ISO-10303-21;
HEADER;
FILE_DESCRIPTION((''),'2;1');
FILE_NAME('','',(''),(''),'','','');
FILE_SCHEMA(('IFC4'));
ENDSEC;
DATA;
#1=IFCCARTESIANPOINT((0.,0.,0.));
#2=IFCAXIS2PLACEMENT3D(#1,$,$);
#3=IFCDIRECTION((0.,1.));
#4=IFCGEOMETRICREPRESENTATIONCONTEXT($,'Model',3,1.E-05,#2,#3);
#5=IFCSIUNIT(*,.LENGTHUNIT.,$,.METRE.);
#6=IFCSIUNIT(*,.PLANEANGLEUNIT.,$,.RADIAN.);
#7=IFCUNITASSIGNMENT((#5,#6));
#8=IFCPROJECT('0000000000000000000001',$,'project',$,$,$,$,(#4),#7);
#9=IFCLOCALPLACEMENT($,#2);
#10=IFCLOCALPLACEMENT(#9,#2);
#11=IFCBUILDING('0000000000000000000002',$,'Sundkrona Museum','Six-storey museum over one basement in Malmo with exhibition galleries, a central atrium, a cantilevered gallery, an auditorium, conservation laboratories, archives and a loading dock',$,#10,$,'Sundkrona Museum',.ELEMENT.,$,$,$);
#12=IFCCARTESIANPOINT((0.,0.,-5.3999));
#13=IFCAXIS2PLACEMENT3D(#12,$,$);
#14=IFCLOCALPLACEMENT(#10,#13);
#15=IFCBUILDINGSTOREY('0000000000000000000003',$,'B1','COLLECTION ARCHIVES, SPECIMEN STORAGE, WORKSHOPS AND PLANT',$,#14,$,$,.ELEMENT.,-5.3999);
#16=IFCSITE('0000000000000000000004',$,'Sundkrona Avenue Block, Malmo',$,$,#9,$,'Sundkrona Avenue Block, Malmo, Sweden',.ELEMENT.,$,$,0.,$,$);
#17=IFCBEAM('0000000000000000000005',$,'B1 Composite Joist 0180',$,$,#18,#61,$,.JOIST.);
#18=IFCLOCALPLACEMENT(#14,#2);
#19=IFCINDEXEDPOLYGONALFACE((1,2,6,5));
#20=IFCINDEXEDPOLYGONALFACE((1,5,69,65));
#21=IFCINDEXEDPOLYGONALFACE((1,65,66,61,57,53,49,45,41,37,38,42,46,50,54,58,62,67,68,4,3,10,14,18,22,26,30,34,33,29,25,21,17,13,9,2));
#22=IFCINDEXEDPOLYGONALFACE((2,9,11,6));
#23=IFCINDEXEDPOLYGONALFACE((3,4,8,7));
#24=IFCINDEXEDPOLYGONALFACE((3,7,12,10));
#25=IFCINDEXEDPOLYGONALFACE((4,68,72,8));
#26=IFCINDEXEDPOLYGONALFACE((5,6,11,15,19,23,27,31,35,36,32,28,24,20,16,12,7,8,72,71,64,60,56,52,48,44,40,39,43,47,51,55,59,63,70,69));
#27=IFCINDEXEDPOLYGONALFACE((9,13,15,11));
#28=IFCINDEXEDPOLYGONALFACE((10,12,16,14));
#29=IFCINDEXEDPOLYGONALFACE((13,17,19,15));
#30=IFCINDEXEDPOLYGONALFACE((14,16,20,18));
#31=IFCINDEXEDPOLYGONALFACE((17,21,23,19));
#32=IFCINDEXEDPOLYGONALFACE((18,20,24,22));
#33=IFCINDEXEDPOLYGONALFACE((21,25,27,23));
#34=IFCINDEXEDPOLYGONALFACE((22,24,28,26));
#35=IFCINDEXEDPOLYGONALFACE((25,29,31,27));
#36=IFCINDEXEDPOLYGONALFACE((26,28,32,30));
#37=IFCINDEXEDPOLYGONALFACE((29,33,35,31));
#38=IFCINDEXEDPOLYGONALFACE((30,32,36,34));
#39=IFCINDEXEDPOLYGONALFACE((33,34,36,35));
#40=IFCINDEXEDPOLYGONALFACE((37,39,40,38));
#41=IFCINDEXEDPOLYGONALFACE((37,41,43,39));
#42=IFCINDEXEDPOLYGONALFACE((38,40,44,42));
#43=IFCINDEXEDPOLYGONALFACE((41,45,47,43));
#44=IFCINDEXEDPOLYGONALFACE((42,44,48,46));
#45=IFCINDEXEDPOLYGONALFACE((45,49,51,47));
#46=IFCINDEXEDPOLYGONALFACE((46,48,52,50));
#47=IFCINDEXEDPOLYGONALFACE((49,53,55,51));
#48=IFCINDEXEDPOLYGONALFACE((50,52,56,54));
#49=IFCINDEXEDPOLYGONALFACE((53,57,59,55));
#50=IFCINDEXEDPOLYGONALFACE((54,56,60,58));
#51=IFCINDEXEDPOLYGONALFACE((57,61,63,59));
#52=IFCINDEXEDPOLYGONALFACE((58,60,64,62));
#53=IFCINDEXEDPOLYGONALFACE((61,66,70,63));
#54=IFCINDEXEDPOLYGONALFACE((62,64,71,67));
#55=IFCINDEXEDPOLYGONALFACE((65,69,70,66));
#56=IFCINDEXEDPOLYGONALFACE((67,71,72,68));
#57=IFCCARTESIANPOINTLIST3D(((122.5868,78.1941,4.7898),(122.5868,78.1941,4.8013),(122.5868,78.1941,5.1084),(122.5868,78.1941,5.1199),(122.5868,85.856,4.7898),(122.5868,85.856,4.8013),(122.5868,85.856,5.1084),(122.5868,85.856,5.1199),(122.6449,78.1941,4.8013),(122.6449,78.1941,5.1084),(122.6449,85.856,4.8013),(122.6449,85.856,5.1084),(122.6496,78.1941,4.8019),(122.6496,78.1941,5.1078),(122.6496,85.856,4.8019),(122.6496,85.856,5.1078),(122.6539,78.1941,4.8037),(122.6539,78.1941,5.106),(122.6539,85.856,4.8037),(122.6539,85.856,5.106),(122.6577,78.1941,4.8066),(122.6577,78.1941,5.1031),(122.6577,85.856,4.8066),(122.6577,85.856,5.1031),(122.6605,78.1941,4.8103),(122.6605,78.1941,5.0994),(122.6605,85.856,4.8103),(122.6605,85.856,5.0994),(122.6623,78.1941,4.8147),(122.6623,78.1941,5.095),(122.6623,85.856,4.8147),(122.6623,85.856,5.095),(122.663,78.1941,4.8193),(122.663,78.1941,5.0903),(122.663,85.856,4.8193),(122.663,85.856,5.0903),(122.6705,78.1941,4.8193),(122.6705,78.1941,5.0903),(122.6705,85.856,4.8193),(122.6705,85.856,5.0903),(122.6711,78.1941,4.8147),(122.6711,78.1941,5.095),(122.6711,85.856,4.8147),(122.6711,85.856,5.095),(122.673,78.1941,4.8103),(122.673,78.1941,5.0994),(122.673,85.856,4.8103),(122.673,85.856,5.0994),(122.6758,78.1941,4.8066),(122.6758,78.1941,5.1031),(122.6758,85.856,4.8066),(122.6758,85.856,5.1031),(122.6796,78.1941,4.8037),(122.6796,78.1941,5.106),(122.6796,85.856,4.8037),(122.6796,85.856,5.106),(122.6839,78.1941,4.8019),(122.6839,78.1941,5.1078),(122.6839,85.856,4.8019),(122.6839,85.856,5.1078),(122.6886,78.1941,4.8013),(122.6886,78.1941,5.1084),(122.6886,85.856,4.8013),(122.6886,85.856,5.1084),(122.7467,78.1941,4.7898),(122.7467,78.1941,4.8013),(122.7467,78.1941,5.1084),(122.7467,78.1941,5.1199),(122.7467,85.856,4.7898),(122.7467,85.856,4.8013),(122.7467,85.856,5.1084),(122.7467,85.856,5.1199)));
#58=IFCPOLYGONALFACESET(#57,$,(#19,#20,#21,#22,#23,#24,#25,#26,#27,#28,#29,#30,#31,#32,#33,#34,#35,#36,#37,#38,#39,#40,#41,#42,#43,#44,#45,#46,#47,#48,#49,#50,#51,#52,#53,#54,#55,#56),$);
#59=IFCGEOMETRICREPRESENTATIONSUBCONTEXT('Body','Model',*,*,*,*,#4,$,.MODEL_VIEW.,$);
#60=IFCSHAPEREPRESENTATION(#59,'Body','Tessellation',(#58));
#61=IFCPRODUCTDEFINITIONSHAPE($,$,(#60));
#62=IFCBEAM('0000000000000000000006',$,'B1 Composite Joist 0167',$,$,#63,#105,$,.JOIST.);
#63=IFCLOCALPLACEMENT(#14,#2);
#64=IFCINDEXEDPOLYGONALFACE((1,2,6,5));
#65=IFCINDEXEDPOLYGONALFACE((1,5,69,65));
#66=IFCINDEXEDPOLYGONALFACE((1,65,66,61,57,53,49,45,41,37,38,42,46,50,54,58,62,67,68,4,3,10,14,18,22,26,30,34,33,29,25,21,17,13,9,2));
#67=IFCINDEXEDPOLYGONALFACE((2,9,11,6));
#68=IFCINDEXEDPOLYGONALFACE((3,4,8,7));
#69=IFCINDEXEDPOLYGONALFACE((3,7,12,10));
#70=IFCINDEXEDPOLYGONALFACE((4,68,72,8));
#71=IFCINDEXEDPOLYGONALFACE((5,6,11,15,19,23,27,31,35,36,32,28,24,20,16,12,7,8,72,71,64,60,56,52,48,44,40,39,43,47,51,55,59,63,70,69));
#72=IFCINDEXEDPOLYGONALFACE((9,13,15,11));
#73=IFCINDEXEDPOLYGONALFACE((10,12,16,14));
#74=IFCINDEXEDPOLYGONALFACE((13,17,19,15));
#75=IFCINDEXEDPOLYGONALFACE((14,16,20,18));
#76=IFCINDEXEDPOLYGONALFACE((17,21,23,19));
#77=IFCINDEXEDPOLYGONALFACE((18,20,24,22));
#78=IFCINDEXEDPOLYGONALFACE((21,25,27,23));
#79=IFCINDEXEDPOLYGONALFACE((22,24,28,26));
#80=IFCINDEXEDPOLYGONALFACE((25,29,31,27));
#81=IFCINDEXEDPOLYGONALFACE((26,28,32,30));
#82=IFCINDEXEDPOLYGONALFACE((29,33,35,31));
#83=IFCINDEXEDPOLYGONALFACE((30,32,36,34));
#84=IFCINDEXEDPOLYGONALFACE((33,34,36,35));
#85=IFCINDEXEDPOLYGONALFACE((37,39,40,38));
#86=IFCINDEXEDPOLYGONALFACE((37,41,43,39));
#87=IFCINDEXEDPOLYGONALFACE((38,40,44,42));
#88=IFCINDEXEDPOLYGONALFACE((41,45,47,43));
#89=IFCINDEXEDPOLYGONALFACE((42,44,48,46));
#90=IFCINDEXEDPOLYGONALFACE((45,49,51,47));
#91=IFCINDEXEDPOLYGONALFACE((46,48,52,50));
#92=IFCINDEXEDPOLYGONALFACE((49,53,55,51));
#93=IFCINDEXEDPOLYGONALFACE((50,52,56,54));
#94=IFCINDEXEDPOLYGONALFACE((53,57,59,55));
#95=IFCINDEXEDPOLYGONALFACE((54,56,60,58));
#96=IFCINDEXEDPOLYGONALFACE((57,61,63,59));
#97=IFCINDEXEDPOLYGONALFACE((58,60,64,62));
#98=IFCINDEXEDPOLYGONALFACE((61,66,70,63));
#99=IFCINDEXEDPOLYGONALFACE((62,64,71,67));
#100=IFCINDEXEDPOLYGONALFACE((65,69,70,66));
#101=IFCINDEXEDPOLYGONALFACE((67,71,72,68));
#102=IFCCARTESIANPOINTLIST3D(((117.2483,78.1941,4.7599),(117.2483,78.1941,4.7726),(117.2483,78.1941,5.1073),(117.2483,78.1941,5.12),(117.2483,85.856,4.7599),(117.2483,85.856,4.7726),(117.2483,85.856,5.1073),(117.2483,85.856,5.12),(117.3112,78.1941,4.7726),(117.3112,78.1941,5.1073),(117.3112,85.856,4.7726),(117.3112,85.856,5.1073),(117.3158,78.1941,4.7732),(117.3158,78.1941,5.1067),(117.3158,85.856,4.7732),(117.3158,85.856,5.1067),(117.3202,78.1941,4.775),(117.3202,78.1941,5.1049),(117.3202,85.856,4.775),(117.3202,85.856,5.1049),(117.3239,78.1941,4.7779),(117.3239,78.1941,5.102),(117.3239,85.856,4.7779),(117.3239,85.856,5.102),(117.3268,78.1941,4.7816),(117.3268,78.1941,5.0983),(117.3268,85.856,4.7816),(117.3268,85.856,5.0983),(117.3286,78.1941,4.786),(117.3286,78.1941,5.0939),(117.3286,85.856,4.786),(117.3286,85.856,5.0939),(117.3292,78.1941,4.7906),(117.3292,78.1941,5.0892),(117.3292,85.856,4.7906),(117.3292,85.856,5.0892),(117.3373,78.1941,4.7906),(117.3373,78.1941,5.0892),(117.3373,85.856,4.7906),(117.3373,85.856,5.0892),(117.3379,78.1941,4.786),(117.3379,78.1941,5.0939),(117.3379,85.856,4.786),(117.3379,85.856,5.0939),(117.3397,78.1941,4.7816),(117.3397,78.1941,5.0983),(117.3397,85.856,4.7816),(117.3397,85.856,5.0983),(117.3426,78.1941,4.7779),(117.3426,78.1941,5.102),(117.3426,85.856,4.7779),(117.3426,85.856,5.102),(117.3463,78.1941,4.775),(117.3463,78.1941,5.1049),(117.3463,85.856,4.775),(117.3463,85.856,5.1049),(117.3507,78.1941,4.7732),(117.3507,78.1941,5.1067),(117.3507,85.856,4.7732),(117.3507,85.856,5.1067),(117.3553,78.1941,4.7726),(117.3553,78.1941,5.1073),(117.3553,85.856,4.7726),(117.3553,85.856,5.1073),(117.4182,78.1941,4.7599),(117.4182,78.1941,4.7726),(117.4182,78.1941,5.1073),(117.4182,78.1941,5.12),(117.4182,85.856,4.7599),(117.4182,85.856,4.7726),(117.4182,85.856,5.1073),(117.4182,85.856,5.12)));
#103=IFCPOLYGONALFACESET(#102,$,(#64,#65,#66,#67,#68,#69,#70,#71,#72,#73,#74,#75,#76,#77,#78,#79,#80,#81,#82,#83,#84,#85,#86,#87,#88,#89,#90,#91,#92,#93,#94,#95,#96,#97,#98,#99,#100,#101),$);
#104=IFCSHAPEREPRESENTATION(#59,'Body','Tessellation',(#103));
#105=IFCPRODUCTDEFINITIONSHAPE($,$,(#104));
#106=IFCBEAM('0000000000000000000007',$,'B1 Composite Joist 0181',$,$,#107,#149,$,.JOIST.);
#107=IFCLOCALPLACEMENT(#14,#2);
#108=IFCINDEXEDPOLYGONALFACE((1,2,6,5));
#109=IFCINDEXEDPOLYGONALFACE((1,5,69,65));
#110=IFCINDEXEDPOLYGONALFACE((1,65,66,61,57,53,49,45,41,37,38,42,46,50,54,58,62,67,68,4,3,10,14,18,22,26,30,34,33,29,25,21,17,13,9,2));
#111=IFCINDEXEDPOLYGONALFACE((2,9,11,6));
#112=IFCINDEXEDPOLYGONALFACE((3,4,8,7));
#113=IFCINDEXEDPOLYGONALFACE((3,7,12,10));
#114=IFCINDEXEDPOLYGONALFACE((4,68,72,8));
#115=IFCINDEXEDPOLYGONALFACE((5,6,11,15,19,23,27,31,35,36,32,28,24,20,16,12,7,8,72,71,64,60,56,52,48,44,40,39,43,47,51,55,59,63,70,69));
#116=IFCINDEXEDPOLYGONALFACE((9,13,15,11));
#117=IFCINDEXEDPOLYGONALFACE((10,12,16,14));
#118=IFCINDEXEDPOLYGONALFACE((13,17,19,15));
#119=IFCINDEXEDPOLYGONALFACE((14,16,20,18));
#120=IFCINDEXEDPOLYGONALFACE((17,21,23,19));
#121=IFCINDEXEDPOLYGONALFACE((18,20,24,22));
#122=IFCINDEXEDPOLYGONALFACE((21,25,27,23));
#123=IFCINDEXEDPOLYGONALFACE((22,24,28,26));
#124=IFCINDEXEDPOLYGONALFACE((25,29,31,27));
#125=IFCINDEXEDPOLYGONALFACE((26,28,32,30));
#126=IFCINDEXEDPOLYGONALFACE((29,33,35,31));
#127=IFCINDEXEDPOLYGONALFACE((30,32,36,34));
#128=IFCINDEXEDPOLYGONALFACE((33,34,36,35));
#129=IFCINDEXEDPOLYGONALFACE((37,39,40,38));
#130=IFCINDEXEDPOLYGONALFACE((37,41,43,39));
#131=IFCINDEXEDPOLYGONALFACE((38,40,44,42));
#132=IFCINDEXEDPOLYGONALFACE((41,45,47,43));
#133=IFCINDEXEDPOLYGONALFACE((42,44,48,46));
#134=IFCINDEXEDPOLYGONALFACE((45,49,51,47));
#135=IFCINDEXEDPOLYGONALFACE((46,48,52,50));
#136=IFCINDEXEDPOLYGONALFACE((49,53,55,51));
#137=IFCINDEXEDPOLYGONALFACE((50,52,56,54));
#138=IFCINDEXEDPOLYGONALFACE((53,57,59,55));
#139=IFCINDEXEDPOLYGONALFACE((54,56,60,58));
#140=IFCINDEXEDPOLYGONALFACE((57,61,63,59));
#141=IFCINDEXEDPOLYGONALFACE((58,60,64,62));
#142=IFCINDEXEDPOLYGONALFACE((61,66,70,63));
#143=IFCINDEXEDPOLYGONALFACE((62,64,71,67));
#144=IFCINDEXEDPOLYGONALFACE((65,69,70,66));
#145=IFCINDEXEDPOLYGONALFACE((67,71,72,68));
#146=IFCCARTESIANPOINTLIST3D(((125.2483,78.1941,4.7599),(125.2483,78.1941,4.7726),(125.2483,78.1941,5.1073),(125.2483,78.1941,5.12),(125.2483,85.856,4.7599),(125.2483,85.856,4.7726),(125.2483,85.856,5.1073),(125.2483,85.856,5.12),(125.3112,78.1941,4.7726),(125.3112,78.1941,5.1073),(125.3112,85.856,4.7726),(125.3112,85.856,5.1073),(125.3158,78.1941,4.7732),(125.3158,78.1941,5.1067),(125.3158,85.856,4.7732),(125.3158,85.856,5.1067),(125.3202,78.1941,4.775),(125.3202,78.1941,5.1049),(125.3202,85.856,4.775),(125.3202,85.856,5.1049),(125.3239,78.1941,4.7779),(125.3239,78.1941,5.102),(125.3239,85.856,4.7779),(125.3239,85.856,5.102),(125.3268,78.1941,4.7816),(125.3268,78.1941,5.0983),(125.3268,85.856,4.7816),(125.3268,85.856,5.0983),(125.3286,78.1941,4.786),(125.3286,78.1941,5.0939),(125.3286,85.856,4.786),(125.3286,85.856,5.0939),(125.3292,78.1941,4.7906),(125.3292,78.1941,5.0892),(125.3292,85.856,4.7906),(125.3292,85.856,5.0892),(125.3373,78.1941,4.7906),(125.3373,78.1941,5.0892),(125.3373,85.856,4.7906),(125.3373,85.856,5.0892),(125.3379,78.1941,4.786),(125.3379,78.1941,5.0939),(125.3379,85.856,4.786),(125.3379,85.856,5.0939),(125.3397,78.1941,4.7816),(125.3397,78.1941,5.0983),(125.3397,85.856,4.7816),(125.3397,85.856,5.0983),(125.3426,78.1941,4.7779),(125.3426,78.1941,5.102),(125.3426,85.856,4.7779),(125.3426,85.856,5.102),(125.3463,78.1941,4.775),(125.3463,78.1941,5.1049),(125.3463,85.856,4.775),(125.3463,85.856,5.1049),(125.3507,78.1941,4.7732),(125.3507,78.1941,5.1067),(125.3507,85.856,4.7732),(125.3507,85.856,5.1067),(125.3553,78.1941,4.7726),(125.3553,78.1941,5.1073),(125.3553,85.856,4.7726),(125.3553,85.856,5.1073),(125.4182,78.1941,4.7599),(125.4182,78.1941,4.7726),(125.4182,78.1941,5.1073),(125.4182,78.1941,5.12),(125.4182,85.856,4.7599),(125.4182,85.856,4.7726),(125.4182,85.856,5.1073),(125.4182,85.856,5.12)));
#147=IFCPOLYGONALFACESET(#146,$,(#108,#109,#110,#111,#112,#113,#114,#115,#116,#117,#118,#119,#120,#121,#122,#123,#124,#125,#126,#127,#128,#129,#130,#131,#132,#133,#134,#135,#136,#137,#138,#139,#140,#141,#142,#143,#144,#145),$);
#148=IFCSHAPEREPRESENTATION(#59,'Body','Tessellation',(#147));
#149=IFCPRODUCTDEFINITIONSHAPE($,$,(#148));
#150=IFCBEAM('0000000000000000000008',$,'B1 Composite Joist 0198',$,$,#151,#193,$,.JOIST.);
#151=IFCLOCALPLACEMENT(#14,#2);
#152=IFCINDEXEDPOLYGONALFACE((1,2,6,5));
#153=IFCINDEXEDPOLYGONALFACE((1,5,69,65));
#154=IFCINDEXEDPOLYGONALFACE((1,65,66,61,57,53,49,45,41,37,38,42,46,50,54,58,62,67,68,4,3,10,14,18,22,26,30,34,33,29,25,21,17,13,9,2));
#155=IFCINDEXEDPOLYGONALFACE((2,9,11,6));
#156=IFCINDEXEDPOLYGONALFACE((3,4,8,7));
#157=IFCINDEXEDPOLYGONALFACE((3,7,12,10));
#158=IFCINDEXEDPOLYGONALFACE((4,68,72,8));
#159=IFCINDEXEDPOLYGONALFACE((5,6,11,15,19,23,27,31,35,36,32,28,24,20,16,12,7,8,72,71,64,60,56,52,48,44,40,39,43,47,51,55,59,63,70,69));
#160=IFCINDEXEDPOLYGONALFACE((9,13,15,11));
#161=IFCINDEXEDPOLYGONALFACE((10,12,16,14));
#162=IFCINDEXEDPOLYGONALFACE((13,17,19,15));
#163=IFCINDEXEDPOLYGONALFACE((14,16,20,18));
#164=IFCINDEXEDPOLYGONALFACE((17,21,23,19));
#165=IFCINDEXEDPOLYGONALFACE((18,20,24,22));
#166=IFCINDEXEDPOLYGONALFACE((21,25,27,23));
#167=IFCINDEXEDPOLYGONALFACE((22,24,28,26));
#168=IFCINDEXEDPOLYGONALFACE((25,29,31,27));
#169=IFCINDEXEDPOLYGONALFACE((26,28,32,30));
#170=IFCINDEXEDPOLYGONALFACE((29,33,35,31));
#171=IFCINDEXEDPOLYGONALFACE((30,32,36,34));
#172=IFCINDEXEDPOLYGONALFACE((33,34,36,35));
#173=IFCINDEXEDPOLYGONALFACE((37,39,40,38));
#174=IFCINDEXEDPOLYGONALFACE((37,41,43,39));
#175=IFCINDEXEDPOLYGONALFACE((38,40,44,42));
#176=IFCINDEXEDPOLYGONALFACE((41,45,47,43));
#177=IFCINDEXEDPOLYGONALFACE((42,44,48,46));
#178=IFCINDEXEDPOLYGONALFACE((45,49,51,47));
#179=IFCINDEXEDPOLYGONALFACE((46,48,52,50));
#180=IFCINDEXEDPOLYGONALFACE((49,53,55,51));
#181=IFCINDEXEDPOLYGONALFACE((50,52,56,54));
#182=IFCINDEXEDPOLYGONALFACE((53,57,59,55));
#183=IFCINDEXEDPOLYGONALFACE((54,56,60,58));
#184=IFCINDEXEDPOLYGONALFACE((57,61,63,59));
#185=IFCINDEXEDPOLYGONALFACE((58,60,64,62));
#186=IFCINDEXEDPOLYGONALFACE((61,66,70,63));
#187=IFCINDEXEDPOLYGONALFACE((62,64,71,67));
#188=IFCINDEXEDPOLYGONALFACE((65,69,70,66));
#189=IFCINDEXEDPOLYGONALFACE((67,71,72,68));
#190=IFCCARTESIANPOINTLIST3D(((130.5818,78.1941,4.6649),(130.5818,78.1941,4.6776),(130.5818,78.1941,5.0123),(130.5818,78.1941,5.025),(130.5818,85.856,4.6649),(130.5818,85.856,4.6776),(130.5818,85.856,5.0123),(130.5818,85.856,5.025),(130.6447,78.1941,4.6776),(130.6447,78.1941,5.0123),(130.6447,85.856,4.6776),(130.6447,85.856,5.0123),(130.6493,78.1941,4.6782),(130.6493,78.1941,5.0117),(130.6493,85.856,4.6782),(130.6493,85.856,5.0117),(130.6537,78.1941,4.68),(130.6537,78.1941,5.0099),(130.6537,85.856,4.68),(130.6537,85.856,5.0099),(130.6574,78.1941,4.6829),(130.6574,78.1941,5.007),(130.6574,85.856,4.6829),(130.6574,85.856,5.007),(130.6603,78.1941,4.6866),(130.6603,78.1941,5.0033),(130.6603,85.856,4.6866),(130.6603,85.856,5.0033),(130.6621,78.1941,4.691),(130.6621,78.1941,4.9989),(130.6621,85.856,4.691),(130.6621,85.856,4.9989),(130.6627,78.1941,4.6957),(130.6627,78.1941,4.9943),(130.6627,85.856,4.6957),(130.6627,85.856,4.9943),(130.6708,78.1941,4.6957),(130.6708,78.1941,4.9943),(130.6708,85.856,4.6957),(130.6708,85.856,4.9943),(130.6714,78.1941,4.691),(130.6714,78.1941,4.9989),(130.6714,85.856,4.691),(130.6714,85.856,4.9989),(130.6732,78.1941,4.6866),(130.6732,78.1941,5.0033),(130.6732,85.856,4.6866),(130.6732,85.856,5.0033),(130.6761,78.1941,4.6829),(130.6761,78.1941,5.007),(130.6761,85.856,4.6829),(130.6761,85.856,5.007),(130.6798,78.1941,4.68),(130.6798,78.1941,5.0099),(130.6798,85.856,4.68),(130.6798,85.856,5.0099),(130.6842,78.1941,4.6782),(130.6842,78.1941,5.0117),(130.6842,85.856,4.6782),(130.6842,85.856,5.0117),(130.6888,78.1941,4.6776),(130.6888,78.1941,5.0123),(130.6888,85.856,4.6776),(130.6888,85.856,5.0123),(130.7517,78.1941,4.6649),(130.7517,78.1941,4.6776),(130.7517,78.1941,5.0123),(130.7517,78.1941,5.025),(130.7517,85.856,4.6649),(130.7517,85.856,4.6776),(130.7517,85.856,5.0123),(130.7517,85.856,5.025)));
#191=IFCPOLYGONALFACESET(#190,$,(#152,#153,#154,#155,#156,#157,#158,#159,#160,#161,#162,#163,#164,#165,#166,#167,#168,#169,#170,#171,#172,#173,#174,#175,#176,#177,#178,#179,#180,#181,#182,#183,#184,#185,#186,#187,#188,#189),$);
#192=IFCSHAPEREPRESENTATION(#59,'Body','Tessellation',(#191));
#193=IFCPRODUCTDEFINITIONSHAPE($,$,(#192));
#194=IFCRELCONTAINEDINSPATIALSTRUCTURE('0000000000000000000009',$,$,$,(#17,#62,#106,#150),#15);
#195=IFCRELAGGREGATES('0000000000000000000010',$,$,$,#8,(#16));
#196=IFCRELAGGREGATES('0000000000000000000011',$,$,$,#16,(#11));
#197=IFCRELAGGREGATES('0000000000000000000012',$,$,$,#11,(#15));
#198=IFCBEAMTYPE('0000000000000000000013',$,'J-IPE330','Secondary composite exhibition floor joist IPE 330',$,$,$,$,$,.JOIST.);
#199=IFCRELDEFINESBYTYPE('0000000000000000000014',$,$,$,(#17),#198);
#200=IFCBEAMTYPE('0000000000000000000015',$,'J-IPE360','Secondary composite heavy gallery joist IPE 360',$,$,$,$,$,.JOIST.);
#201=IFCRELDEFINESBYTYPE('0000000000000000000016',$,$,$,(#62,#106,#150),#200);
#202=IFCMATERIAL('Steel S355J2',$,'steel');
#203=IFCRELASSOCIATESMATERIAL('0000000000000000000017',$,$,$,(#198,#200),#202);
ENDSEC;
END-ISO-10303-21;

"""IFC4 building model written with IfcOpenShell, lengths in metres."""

from ifc_helpers import new_model, si_unit, direction, frame, origin, origin_2d, place, context, subcontext, project, spatial, i_section, extrude, material, material_profile, profile_set, type_object, element, save


model = new_model("IFC4")

# Units and contexts
model_context = context("Model", 3, precision=1e-05, world=origin(), true_north=direction((0.0, 1.0)))
body_context = subcontext(model_context, "Body", "Model", "MODEL_VIEW")
ifc_project = project(units=[si_unit("LENGTHUNIT", "METRE"), si_unit("PLANEANGLEUNIT", "RADIAN")], contexts=[model_context])

# Site, building, storey
site_placement = place(None, origin())
site = spatial("IfcSite", under=ifc_project, at=site_placement, Name="Sundkrona Avenue Block, Malmo", LongName="Sundkrona Avenue Block, Malmo, Sweden", CompositionType="ELEMENT", RefElevation=0.0)
building_placement = place(site_placement, origin())
building = spatial("IfcBuilding", under=site, at=building_placement, Name="Sundkrona Museum", Description="Six-storey museum over one basement in Malmo with exhibition galleries, a central atrium, a cantilevered gallery, an auditorium, conservation laboratories, archives and a loading dock", LongName="Sundkrona Museum", CompositionType="ELEMENT")
storey_placement = place(building_placement, frame((0.0, 0.0, -5.3999)))
storey = spatial("IfcBuildingStorey", under=building, at=storey_placement, Name="B1", Description="COLLECTION ARCHIVES, SPECIMEN STORAGE, WORKSHOPS AND PLANT", CompositionType="ELEMENT", Elevation=-5.3999)

# Beams
ifc_material_1 = material(Name="Steel S355J2", Category="steel")
ifc_material_profile_1 = material_profile(ifc_material_1, i_section(OverallWidth=0.1599, OverallDepth=0.3301, WebThickness=0.0076, FlangeThickness=0.0115, FilletRadius=0.0181, at=origin_2d()), Name="IPE 330")
ifc_profile_set_1 = profile_set([ifc_material_profile_1], Name="Steel S355J2")
beam_type_1 = type_object("IfcBeamType", Name="J-IPE330", Description="Secondary composite exhibition floor joist IPE 330", PredefinedType="JOIST", material=ifc_profile_set_1)
beam_placement = place(storey_placement, frame((122.6667, 78.1941, 4.9548), z_axis=(0.0, 1.0, 0.0), x_axis=(-1.0, 0.0, 0.0)))
element("IfcBeam", 1, at=beam_placement, inside=storey, type_object=beam_type_1, Name="B1 Composite Joist 0180", PredefinedType="JOIST", context=body_context, shape_type="SweptSolid", body=[
    extrude(i_section(OverallWidth=0.1599, OverallDepth=0.3301, WebThickness=0.0076, FlangeThickness=0.0115, FilletRadius=0.0181, at=origin_2d()), origin(), (0.0, 0.0, 1.0), 7.6619),
])
ifc_material_profile_2 = material_profile(ifc_material_1, i_section(OverallWidth=0.1699, OverallDepth=0.3601, WebThickness=0.0081, FlangeThickness=0.0127, FilletRadius=0.0181, at=origin_2d()), Name="IPE 360")
ifc_profile_set_2 = profile_set([ifc_material_profile_2], Name="Steel S355J2")
beam_type_2 = type_object("IfcBeamType", Name="J-IPE360", Description="Secondary composite heavy gallery joist IPE 360", PredefinedType="JOIST", material=ifc_profile_set_2)
for number, where, z_axis, x_axis, name in (
    (2, (117.3333, 78.1941, 4.9399), (0.0, 1.0, 0.0), (-1.0, 0.0, 0.0), "B1 Composite Joist 0167"),
    (3, (125.3333, 78.1941, 4.9399), (0.0, 1.0, 0.0), (-1.0, 0.0, 0.0), "B1 Composite Joist 0181"),
    (4, (130.6667, 78.1941, 4.845), (0.0, 1.0, 0.0), (-1.0, 0.0, 0.0), "B1 Composite Joist 0198"),
):
    element("IfcBeam", number, at=place(storey_placement, frame(where, z_axis=z_axis, x_axis=x_axis)), inside=storey, type_object=beam_type_2, Name=name, PredefinedType="JOIST", context=body_context, shape_type="SweptSolid", body=[
        extrude(i_section(OverallWidth=0.1699, OverallDepth=0.3601, WebThickness=0.0081, FlangeThickness=0.0127, FilletRadius=0.0181, at=origin_2d()), origin(), (0.0, 0.0, 1.0), 7.6619),
    ])

save(model, "model.ifc")
